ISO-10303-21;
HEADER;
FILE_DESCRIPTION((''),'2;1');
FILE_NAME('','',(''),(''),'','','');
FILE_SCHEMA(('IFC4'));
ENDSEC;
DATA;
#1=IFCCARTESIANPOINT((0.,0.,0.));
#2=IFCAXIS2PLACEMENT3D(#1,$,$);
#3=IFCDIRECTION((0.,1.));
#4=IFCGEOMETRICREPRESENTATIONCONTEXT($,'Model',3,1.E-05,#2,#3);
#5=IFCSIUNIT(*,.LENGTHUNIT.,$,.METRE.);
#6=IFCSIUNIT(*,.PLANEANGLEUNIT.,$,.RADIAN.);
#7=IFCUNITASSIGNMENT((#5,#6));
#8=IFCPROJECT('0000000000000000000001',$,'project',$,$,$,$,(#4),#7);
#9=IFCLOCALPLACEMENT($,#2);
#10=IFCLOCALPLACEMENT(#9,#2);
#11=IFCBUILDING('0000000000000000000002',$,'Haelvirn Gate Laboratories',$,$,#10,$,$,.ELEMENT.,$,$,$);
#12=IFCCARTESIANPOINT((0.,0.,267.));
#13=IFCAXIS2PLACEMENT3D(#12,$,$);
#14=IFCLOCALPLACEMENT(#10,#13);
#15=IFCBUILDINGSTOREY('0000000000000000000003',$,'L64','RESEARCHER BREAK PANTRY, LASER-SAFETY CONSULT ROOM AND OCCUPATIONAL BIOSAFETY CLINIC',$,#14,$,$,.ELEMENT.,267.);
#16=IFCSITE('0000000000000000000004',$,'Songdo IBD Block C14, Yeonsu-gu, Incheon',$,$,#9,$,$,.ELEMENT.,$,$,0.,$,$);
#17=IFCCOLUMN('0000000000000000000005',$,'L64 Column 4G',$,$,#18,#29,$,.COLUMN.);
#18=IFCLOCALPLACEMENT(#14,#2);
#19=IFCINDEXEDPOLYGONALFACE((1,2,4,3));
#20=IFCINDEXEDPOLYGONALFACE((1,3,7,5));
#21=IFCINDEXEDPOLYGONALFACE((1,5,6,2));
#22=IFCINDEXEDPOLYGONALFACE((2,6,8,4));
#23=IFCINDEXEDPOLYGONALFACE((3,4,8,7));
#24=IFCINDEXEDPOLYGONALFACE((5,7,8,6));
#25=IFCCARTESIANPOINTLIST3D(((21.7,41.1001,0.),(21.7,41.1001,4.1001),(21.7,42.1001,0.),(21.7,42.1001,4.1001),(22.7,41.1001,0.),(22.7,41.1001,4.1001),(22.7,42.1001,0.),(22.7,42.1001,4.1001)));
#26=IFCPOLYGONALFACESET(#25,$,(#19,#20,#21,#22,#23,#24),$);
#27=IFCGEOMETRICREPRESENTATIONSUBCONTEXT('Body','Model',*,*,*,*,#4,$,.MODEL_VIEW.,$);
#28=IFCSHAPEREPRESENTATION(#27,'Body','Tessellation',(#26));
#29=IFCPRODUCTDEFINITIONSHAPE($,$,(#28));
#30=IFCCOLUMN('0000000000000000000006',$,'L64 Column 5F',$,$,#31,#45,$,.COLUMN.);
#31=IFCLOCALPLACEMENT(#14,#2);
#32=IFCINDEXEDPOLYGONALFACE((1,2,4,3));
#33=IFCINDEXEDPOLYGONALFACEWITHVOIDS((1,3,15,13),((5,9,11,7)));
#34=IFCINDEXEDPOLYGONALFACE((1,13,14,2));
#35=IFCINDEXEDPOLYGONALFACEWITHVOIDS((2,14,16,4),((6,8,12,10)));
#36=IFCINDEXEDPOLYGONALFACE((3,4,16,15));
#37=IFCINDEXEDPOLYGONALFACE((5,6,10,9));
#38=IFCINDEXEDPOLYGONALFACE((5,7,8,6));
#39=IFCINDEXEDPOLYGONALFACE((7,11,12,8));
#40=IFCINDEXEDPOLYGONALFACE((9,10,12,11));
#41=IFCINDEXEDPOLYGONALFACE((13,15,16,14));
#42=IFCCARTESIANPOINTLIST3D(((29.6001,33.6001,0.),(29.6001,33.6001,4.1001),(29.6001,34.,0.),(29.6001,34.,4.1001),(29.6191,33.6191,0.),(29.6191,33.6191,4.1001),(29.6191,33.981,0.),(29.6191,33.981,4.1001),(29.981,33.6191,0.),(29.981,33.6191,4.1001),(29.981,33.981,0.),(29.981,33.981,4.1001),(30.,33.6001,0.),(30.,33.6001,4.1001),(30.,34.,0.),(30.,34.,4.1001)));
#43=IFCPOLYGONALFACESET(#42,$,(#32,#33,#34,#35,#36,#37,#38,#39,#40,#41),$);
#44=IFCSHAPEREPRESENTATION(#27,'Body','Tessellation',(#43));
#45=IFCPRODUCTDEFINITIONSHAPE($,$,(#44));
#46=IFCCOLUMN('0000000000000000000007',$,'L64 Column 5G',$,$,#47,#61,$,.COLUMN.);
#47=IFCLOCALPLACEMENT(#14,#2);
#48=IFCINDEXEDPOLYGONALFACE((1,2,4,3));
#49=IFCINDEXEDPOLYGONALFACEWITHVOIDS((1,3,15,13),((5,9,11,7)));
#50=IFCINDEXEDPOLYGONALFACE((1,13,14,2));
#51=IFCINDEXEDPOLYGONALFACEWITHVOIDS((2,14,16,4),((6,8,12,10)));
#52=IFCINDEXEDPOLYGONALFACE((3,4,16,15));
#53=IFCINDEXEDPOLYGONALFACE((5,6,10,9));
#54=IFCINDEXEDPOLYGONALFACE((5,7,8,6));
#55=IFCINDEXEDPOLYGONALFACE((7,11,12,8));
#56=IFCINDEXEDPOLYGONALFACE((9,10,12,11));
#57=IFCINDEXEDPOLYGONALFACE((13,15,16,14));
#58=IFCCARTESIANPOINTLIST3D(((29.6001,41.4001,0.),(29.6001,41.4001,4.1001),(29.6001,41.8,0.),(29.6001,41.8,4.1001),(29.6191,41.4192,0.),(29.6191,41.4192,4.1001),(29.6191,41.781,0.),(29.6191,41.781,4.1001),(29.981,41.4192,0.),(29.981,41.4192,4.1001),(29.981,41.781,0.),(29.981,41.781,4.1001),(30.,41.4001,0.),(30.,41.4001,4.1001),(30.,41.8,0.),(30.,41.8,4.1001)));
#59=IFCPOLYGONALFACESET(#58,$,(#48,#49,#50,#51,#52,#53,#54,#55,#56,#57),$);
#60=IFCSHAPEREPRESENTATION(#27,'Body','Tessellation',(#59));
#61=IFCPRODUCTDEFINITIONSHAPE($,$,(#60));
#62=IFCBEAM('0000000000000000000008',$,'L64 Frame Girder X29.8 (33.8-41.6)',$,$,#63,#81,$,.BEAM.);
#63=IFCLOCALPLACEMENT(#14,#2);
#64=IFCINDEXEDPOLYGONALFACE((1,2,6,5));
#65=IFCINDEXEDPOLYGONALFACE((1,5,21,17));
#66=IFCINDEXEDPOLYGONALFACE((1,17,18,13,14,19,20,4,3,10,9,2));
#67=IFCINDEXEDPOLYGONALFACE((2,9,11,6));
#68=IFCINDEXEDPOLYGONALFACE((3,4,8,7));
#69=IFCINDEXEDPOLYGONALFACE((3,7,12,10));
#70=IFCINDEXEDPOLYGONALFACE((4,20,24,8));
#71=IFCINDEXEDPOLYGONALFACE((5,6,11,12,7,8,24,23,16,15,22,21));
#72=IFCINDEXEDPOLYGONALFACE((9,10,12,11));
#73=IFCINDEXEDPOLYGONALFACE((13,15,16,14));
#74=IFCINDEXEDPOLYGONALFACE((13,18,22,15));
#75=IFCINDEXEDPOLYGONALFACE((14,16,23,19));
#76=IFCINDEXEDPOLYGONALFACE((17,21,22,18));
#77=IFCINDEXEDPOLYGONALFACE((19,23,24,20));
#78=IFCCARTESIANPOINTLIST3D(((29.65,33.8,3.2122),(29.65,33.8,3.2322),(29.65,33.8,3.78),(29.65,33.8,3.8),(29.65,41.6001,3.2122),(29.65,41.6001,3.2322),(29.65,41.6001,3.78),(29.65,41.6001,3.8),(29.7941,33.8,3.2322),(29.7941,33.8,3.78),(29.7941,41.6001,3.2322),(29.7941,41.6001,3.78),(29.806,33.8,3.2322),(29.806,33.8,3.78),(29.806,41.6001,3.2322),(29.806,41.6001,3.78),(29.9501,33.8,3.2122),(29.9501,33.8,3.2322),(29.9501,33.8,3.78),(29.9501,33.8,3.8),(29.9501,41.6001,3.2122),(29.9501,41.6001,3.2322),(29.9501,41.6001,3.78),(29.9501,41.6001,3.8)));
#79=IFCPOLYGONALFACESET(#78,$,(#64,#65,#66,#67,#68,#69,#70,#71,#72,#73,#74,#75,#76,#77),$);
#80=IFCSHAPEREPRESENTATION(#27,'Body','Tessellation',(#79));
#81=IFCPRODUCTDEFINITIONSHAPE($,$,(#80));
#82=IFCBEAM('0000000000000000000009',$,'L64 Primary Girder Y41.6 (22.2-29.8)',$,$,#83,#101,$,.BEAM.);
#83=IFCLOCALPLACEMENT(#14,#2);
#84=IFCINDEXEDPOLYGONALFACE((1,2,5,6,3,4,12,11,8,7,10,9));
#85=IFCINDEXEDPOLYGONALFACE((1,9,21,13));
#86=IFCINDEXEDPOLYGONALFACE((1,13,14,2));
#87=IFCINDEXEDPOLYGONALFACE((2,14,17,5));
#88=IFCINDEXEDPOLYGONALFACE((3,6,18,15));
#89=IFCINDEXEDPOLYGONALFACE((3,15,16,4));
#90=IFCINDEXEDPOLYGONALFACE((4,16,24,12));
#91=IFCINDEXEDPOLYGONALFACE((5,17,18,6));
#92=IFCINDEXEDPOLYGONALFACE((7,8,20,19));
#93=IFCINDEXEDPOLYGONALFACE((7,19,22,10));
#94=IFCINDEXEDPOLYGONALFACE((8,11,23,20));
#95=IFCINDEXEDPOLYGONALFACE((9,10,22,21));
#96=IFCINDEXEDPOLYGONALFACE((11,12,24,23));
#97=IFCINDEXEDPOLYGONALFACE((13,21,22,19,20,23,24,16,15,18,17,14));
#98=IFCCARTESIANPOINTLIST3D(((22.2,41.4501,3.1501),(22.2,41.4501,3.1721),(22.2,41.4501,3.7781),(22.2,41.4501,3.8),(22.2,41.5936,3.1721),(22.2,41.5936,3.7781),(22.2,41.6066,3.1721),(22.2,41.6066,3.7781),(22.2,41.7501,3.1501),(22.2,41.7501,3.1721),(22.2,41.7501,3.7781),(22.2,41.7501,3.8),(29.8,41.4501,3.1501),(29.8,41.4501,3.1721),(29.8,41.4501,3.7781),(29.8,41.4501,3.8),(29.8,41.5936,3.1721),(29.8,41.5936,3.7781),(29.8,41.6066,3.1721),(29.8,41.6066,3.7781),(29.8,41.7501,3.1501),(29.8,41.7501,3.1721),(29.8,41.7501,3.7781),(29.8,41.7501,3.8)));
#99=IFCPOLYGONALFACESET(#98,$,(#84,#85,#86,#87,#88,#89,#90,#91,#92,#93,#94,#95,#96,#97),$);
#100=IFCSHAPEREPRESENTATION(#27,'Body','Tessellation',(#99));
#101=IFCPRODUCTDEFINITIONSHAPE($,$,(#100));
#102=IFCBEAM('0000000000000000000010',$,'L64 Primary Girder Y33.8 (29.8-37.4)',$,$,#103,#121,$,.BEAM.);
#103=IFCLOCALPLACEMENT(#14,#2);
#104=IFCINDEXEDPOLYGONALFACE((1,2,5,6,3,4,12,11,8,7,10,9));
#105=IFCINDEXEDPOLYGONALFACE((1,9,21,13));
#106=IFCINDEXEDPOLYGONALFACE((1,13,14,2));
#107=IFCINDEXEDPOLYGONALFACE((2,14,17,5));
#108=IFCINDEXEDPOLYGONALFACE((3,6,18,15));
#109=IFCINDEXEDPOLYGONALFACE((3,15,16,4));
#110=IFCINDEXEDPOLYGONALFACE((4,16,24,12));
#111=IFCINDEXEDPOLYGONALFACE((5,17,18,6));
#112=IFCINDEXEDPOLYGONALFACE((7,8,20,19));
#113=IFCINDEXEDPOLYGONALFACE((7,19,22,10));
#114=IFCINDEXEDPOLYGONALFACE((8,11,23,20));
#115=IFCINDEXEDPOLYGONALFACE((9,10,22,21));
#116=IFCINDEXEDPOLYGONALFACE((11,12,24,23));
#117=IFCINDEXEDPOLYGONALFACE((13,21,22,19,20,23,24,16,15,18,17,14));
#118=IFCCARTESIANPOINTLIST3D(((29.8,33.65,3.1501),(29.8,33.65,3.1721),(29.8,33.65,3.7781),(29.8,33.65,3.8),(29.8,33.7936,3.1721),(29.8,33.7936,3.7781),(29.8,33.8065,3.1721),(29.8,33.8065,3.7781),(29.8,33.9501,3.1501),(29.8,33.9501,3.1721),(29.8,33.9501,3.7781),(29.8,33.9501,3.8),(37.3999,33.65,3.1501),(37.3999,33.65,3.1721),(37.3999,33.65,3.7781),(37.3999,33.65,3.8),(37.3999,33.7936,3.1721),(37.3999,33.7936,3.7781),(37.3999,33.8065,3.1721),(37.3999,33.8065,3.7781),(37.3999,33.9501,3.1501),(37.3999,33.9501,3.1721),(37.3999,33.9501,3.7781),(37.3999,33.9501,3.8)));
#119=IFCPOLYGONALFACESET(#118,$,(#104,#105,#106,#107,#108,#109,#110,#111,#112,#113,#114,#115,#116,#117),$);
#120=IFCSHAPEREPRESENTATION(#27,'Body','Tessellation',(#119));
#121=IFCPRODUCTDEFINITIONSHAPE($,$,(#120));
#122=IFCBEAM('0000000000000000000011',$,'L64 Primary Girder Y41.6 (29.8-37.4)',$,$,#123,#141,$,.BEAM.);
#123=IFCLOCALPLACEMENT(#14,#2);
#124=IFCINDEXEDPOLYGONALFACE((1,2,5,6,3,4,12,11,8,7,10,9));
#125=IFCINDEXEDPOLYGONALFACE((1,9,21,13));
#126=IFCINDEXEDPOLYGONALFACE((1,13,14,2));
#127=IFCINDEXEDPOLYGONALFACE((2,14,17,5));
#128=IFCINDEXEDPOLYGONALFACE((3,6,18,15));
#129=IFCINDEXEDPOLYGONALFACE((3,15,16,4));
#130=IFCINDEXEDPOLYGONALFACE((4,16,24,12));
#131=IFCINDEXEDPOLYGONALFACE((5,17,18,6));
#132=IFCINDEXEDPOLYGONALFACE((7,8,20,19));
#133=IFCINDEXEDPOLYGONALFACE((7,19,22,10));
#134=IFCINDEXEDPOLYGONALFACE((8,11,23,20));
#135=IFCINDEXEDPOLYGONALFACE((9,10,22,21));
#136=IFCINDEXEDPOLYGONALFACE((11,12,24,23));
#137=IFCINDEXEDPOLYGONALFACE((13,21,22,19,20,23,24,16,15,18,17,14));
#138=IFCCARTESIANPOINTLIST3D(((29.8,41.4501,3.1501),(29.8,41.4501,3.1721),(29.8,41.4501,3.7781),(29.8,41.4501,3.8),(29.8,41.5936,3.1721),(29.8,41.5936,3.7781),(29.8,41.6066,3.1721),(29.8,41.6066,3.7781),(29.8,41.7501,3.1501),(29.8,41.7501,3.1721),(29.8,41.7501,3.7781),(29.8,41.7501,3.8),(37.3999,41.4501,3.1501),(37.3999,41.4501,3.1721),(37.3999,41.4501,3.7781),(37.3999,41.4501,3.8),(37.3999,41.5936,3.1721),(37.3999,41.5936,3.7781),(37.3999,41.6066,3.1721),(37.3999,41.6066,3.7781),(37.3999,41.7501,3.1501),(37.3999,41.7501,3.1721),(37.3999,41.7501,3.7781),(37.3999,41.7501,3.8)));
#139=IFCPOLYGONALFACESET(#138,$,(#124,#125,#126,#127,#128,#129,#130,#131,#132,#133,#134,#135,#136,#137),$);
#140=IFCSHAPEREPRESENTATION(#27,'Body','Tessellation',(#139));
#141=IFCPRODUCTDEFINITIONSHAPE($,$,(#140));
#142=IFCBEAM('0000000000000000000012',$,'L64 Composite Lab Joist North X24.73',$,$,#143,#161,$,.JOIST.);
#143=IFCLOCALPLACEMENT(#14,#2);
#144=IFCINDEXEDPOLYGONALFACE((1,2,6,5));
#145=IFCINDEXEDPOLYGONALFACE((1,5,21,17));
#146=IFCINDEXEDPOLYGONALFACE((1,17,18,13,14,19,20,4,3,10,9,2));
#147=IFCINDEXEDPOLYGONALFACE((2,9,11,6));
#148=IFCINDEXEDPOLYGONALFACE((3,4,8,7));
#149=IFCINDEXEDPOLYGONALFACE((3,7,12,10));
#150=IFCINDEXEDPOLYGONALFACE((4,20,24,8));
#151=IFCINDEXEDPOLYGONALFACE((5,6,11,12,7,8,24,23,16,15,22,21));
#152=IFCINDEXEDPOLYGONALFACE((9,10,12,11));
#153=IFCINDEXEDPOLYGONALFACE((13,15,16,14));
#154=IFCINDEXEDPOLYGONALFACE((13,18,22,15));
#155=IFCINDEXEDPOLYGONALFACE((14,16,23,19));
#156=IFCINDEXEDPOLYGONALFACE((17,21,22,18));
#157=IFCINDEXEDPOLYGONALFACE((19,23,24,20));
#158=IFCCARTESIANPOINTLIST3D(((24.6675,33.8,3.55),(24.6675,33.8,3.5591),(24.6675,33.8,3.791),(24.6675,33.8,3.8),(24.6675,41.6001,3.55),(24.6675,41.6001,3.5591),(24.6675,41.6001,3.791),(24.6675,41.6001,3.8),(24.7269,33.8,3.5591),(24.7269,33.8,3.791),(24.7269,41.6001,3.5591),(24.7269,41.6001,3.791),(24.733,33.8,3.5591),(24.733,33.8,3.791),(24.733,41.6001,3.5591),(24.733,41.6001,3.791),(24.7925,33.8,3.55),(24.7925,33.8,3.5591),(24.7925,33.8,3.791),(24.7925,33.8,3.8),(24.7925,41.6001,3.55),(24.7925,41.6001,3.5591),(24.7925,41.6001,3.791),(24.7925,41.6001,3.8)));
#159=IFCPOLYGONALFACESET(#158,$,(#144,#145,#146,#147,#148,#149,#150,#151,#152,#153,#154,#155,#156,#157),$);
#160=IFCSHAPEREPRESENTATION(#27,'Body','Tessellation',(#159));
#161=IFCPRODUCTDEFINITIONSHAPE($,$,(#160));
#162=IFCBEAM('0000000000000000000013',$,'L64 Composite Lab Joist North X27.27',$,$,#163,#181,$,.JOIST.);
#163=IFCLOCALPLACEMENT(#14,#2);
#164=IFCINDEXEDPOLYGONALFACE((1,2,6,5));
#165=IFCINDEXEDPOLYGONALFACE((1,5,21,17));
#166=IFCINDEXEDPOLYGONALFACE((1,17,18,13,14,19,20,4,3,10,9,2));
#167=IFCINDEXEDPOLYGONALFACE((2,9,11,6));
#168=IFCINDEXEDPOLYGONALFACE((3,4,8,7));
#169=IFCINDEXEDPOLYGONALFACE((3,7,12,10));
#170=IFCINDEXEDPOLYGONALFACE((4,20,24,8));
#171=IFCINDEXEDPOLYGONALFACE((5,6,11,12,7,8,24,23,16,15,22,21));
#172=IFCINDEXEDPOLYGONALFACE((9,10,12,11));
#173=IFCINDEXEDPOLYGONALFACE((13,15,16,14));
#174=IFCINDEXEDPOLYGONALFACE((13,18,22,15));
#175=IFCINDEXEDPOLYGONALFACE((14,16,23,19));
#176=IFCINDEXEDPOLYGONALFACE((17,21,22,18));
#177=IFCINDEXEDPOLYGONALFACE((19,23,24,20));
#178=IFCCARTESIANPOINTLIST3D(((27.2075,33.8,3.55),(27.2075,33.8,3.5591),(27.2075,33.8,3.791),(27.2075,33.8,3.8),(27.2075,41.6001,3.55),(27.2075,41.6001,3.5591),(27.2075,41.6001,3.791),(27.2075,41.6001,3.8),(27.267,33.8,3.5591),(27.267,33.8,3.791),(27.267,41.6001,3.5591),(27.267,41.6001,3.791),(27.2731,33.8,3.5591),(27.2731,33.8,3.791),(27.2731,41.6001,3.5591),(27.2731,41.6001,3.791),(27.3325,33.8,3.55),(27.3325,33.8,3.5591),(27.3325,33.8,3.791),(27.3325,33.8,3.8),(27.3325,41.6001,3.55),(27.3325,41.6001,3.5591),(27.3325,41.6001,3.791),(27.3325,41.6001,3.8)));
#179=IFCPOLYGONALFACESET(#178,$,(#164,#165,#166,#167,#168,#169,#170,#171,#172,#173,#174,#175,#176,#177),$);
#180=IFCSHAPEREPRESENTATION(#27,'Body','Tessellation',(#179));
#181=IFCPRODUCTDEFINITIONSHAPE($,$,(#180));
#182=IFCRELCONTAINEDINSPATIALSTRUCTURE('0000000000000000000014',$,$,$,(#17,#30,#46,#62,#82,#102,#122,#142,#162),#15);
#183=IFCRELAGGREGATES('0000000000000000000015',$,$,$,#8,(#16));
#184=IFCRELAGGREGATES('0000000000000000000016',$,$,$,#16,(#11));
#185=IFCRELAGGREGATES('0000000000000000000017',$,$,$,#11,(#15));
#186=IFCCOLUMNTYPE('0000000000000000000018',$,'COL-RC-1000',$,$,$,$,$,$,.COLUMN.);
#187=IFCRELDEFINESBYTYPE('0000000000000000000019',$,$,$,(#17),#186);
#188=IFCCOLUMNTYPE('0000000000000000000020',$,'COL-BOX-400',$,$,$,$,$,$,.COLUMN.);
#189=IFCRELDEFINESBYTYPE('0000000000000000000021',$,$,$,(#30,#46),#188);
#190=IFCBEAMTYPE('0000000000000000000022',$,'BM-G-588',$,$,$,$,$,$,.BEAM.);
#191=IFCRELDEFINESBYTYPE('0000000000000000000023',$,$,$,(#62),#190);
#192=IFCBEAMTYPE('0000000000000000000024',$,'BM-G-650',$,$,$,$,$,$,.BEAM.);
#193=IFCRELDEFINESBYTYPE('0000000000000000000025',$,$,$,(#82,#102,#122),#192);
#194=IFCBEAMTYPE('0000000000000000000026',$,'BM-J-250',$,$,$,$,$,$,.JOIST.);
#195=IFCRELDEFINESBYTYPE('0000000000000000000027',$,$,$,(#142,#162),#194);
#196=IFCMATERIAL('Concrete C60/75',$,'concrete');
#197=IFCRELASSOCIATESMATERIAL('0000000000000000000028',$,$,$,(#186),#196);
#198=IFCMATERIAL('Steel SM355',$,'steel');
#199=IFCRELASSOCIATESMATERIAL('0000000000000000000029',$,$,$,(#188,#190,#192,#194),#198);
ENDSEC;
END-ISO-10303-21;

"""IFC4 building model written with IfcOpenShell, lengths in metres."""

from ifc_helpers import new_model, si_unit, direction, frame, origin, origin_2d, place, context, subcontext, project, spatial, rectangle, hollow_rectangle, i_section, extrude, source, transform, mapped, material, material_profile, profile_set, type_object, type_shapes, element, save


model = new_model("IFC4")

# Units and contexts
model_context = context("Model", 3, precision=1e-05, world=origin(), true_north=direction((0.0, 1.0)))
body_context = subcontext(model_context, "Body", "Model", "MODEL_VIEW")
ifc_project = project(units=[si_unit("LENGTHUNIT", "METRE"), si_unit("PLANEANGLEUNIT", "RADIAN")], contexts=[model_context])

# Site, building, storey
site_placement = place(None, origin())
site = spatial("IfcSite", under=ifc_project, at=site_placement, Name="Songdo IBD Block C14, Yeonsu-gu, Incheon", CompositionType="ELEMENT", RefElevation=0.0)
building_placement = place(site_placement, origin())
building = spatial("IfcBuilding", under=site, at=building_placement, Name="Haelvirn Gate Laboratories", CompositionType="ELEMENT")
storey_placement = place(building_placement, frame((0.0, 0.0, 267.0)))
storey = spatial("IfcBuildingStorey", under=building, at=storey_placement, Name="L64", Description="RESEARCHER BREAK PANTRY, LASER-SAFETY CONSULT ROOM AND OCCUPATIONAL BIOSAFETY CLINIC", CompositionType="ELEMENT", Elevation=267.0)

# Columns
ifc_material_1 = material(Name="Concrete C60/75", Category="concrete")
ifc_material_profile_1 = material_profile(ifc_material_1, rectangle(XDim=1.0, YDim=1.0, at=origin_2d()), Name="RC-1000x1000")
ifc_profile_set_1 = profile_set([ifc_material_profile_1], Name="Concrete C60/75")
column_type_1 = type_object("IfcColumnType", Name="COL-RC-1000", PredefinedType="COLUMN", material=ifc_profile_set_1)
shared_shape_1 = source(origin(), body_context, "Body", "SweptSolid", [
    extrude(rectangle(XDim=1.0, YDim=1.0, at=origin_2d()), origin(), (0.0, 0.0, 1.0), 4.1001),
])
type_shapes(column_type_1, [shared_shape_1])
column_placement = place(storey_placement, frame((22.2, 41.6001, 0.0), z_axis=(0.0, 0.0, 1.0), x_axis=(1.0, 0.0, 0.0)))
element("IfcColumn", 1, at=column_placement, inside=storey, type_object=column_type_1, Name="L64 Column 4G", PredefinedType="COLUMN", context=body_context, shape_type="MappedRepresentation", body=[
    mapped(shared_shape_1, transform((0.0, 0.0, 0.0), scale=1.0)),
])
ifc_material_2 = material(Name="Steel SM355", Category="steel")
ifc_material_profile_2 = material_profile(ifc_material_2, hollow_rectangle(XDim=0.3999, YDim=0.3999, WallThickness=0.019, at=origin_2d()), Name="BOX-400x400x19")
ifc_profile_set_2 = profile_set([ifc_material_profile_2], Name="Steel SM355")
column_type_2 = type_object("IfcColumnType", Name="COL-BOX-400", PredefinedType="COLUMN", material=ifc_profile_set_2)
shared_shape_2 = source(origin(), body_context, "Body", "SweptSolid", [
    extrude(hollow_rectangle(XDim=0.3999, YDim=0.3999, WallThickness=0.019, at=origin_2d()), origin(), (0.0, 0.0, 1.0), 4.1001),
])
type_shapes(column_type_2, [shared_shape_2])
for number, where, z_axis, x_axis, name in (
    (2, (29.8, 33.8, 0.0), (0.0, 0.0, 1.0), (1.0, 0.0, 0.0), "L64 Column 5F"),
    (3, (29.8, 41.6001, 0.0), (0.0, 0.0, 1.0), (1.0, 0.0, 0.0), "L64 Column 5G"),
):
    element("IfcColumn", number, at=place(storey_placement, frame(where, z_axis=z_axis, x_axis=x_axis)), inside=storey, type_object=column_type_2, Name=name, PredefinedType="COLUMN", context=body_context, shape_type="MappedRepresentation", body=[
        mapped(shared_shape_2, transform((0.0, 0.0, 0.0), scale=1.0)),
    ])

# Beams
ifc_material_profile_3 = material_profile(ifc_material_2, i_section(OverallWidth=0.3, OverallDepth=0.5879, WebThickness=0.012, FlangeThickness=0.02, at=origin_2d()), Name="H-588x300x12x20")
ifc_profile_set_3 = profile_set([ifc_material_profile_3], Name="Steel SM355")
beam_type_1 = type_object("IfcBeamType", Name="BM-G-588", PredefinedType="BEAM", material=ifc_profile_set_3)
shared_shape_3 = source(origin(), body_context, "Body", "SweptSolid", [
    extrude(i_section(OverallWidth=0.3, OverallDepth=0.5879, WebThickness=0.012, FlangeThickness=0.02, at=origin_2d()), origin(), (0.0, 0.0, 1.0), 7.8),
])
type_shapes(beam_type_1, [shared_shape_3])
beam_1_placement = place(storey_placement, frame((29.8, 33.8, 3.5061), z_axis=(0.0, 1.0, 0.0), x_axis=(-1.0, 0.0, 0.0)))
element("IfcBeam", 4, at=beam_1_placement, inside=storey, type_object=beam_type_1, Name="L64 Frame Girder X29.8 (33.8-41.6)", PredefinedType="BEAM", context=body_context, shape_type="MappedRepresentation", body=[
    mapped(shared_shape_3, transform((0.0, 0.0, 0.0), scale=1.0)),
])
ifc_material_profile_4 = material_profile(ifc_material_2, i_section(OverallWidth=0.3, OverallDepth=0.6499, WebThickness=0.0129, FlangeThickness=0.022, at=origin_2d()), Name="H-650x300x13x22")
ifc_profile_set_4 = profile_set([ifc_material_profile_4], Name="Steel SM355")
beam_type_2 = type_object("IfcBeamType", Name="BM-G-650", PredefinedType="BEAM", material=ifc_profile_set_4)
shared_shape_4 = source(origin(), body_context, "Body", "SweptSolid", [
    extrude(i_section(OverallWidth=0.3, OverallDepth=0.6499, WebThickness=0.0129, FlangeThickness=0.022, at=origin_2d()), origin(), (0.0, 0.0, 1.0), 7.6001),
])
beam_2_placement = place(storey_placement, frame((22.2, 41.6001, 3.4751), z_axis=(1.0, 0.0, 0.0), x_axis=(0.0, 1.0, 0.0)))
element("IfcBeam", 5, at=beam_2_placement, inside=storey, type_object=beam_type_2, Name="L64 Primary Girder Y41.6 (22.2-29.8)", PredefinedType="BEAM", context=body_context, shape_type="MappedRepresentation", body=[
    mapped(shared_shape_4, transform((0.0, 0.0, 0.0), scale=1.0)),
])
shared_shape_5 = source(origin(), body_context, "Body", "SweptSolid", [
    extrude(i_section(OverallWidth=0.3, OverallDepth=0.6499, WebThickness=0.0129, FlangeThickness=0.022, at=origin_2d()), origin(), (0.0, 0.0, 1.0), 7.5999),
])
type_shapes(beam_type_2, [shared_shape_4, shared_shape_5])
for number, where, z_axis, x_axis, name in (
    (6, (29.8, 33.8, 3.4751), (1.0, 0.0, 0.0), (0.0, 1.0, 0.0), "L64 Primary Girder Y33.8 (29.8-37.4)"),
    (7, (29.8, 41.6001, 3.4751), (1.0, 0.0, 0.0), (0.0, 1.0, 0.0), "L64 Primary Girder Y41.6 (29.8-37.4)"),
):
    element("IfcBeam", number, at=place(storey_placement, frame(where, z_axis=z_axis, x_axis=x_axis)), inside=storey, type_object=beam_type_2, Name=name, PredefinedType="BEAM", context=body_context, shape_type="MappedRepresentation", body=[
        mapped(shared_shape_5, transform((0.0, 0.0, 0.0), scale=1.0)),
    ])
ifc_material_profile_5 = material_profile(ifc_material_2, i_section(OverallWidth=0.125, OverallDepth=0.25, WebThickness=0.0061, FlangeThickness=0.009, at=origin_2d()), Name="H-250x125x6x9")
ifc_profile_set_5 = profile_set([ifc_material_profile_5], Name="Steel SM355")
beam_type_3 = type_object("IfcBeamType", Name="BM-J-250", PredefinedType="JOIST", material=ifc_profile_set_5)
shared_shape_6 = source(origin(), body_context, "Body", "SweptSolid", [
    extrude(i_section(OverallWidth=0.125, OverallDepth=0.25, WebThickness=0.0061, FlangeThickness=0.009, at=origin_2d()), origin(), (0.0, 0.0, 1.0), 7.8),
])
type_shapes(beam_type_3, [shared_shape_6])
for number, where, z_axis, x_axis, name in (
    (8, (24.73, 33.8, 3.675), (0.0, 1.0, 0.0), (-1.0, 0.0, 0.0), "L64 Composite Lab Joist North X24.73"),
    (9, (27.27, 33.8, 3.675), (0.0, 1.0, 0.0), (-1.0, 0.0, 0.0), "L64 Composite Lab Joist North X27.27"),
):
    element("IfcBeam", number, at=place(storey_placement, frame(where, z_axis=z_axis, x_axis=x_axis)), inside=storey, type_object=beam_type_3, Name=name, PredefinedType="JOIST", context=body_context, shape_type="MappedRepresentation", body=[
        mapped(shared_shape_6, transform((0.0, 0.0, 0.0), scale=1.0)),
    ])

save(model, "model.ifc")
